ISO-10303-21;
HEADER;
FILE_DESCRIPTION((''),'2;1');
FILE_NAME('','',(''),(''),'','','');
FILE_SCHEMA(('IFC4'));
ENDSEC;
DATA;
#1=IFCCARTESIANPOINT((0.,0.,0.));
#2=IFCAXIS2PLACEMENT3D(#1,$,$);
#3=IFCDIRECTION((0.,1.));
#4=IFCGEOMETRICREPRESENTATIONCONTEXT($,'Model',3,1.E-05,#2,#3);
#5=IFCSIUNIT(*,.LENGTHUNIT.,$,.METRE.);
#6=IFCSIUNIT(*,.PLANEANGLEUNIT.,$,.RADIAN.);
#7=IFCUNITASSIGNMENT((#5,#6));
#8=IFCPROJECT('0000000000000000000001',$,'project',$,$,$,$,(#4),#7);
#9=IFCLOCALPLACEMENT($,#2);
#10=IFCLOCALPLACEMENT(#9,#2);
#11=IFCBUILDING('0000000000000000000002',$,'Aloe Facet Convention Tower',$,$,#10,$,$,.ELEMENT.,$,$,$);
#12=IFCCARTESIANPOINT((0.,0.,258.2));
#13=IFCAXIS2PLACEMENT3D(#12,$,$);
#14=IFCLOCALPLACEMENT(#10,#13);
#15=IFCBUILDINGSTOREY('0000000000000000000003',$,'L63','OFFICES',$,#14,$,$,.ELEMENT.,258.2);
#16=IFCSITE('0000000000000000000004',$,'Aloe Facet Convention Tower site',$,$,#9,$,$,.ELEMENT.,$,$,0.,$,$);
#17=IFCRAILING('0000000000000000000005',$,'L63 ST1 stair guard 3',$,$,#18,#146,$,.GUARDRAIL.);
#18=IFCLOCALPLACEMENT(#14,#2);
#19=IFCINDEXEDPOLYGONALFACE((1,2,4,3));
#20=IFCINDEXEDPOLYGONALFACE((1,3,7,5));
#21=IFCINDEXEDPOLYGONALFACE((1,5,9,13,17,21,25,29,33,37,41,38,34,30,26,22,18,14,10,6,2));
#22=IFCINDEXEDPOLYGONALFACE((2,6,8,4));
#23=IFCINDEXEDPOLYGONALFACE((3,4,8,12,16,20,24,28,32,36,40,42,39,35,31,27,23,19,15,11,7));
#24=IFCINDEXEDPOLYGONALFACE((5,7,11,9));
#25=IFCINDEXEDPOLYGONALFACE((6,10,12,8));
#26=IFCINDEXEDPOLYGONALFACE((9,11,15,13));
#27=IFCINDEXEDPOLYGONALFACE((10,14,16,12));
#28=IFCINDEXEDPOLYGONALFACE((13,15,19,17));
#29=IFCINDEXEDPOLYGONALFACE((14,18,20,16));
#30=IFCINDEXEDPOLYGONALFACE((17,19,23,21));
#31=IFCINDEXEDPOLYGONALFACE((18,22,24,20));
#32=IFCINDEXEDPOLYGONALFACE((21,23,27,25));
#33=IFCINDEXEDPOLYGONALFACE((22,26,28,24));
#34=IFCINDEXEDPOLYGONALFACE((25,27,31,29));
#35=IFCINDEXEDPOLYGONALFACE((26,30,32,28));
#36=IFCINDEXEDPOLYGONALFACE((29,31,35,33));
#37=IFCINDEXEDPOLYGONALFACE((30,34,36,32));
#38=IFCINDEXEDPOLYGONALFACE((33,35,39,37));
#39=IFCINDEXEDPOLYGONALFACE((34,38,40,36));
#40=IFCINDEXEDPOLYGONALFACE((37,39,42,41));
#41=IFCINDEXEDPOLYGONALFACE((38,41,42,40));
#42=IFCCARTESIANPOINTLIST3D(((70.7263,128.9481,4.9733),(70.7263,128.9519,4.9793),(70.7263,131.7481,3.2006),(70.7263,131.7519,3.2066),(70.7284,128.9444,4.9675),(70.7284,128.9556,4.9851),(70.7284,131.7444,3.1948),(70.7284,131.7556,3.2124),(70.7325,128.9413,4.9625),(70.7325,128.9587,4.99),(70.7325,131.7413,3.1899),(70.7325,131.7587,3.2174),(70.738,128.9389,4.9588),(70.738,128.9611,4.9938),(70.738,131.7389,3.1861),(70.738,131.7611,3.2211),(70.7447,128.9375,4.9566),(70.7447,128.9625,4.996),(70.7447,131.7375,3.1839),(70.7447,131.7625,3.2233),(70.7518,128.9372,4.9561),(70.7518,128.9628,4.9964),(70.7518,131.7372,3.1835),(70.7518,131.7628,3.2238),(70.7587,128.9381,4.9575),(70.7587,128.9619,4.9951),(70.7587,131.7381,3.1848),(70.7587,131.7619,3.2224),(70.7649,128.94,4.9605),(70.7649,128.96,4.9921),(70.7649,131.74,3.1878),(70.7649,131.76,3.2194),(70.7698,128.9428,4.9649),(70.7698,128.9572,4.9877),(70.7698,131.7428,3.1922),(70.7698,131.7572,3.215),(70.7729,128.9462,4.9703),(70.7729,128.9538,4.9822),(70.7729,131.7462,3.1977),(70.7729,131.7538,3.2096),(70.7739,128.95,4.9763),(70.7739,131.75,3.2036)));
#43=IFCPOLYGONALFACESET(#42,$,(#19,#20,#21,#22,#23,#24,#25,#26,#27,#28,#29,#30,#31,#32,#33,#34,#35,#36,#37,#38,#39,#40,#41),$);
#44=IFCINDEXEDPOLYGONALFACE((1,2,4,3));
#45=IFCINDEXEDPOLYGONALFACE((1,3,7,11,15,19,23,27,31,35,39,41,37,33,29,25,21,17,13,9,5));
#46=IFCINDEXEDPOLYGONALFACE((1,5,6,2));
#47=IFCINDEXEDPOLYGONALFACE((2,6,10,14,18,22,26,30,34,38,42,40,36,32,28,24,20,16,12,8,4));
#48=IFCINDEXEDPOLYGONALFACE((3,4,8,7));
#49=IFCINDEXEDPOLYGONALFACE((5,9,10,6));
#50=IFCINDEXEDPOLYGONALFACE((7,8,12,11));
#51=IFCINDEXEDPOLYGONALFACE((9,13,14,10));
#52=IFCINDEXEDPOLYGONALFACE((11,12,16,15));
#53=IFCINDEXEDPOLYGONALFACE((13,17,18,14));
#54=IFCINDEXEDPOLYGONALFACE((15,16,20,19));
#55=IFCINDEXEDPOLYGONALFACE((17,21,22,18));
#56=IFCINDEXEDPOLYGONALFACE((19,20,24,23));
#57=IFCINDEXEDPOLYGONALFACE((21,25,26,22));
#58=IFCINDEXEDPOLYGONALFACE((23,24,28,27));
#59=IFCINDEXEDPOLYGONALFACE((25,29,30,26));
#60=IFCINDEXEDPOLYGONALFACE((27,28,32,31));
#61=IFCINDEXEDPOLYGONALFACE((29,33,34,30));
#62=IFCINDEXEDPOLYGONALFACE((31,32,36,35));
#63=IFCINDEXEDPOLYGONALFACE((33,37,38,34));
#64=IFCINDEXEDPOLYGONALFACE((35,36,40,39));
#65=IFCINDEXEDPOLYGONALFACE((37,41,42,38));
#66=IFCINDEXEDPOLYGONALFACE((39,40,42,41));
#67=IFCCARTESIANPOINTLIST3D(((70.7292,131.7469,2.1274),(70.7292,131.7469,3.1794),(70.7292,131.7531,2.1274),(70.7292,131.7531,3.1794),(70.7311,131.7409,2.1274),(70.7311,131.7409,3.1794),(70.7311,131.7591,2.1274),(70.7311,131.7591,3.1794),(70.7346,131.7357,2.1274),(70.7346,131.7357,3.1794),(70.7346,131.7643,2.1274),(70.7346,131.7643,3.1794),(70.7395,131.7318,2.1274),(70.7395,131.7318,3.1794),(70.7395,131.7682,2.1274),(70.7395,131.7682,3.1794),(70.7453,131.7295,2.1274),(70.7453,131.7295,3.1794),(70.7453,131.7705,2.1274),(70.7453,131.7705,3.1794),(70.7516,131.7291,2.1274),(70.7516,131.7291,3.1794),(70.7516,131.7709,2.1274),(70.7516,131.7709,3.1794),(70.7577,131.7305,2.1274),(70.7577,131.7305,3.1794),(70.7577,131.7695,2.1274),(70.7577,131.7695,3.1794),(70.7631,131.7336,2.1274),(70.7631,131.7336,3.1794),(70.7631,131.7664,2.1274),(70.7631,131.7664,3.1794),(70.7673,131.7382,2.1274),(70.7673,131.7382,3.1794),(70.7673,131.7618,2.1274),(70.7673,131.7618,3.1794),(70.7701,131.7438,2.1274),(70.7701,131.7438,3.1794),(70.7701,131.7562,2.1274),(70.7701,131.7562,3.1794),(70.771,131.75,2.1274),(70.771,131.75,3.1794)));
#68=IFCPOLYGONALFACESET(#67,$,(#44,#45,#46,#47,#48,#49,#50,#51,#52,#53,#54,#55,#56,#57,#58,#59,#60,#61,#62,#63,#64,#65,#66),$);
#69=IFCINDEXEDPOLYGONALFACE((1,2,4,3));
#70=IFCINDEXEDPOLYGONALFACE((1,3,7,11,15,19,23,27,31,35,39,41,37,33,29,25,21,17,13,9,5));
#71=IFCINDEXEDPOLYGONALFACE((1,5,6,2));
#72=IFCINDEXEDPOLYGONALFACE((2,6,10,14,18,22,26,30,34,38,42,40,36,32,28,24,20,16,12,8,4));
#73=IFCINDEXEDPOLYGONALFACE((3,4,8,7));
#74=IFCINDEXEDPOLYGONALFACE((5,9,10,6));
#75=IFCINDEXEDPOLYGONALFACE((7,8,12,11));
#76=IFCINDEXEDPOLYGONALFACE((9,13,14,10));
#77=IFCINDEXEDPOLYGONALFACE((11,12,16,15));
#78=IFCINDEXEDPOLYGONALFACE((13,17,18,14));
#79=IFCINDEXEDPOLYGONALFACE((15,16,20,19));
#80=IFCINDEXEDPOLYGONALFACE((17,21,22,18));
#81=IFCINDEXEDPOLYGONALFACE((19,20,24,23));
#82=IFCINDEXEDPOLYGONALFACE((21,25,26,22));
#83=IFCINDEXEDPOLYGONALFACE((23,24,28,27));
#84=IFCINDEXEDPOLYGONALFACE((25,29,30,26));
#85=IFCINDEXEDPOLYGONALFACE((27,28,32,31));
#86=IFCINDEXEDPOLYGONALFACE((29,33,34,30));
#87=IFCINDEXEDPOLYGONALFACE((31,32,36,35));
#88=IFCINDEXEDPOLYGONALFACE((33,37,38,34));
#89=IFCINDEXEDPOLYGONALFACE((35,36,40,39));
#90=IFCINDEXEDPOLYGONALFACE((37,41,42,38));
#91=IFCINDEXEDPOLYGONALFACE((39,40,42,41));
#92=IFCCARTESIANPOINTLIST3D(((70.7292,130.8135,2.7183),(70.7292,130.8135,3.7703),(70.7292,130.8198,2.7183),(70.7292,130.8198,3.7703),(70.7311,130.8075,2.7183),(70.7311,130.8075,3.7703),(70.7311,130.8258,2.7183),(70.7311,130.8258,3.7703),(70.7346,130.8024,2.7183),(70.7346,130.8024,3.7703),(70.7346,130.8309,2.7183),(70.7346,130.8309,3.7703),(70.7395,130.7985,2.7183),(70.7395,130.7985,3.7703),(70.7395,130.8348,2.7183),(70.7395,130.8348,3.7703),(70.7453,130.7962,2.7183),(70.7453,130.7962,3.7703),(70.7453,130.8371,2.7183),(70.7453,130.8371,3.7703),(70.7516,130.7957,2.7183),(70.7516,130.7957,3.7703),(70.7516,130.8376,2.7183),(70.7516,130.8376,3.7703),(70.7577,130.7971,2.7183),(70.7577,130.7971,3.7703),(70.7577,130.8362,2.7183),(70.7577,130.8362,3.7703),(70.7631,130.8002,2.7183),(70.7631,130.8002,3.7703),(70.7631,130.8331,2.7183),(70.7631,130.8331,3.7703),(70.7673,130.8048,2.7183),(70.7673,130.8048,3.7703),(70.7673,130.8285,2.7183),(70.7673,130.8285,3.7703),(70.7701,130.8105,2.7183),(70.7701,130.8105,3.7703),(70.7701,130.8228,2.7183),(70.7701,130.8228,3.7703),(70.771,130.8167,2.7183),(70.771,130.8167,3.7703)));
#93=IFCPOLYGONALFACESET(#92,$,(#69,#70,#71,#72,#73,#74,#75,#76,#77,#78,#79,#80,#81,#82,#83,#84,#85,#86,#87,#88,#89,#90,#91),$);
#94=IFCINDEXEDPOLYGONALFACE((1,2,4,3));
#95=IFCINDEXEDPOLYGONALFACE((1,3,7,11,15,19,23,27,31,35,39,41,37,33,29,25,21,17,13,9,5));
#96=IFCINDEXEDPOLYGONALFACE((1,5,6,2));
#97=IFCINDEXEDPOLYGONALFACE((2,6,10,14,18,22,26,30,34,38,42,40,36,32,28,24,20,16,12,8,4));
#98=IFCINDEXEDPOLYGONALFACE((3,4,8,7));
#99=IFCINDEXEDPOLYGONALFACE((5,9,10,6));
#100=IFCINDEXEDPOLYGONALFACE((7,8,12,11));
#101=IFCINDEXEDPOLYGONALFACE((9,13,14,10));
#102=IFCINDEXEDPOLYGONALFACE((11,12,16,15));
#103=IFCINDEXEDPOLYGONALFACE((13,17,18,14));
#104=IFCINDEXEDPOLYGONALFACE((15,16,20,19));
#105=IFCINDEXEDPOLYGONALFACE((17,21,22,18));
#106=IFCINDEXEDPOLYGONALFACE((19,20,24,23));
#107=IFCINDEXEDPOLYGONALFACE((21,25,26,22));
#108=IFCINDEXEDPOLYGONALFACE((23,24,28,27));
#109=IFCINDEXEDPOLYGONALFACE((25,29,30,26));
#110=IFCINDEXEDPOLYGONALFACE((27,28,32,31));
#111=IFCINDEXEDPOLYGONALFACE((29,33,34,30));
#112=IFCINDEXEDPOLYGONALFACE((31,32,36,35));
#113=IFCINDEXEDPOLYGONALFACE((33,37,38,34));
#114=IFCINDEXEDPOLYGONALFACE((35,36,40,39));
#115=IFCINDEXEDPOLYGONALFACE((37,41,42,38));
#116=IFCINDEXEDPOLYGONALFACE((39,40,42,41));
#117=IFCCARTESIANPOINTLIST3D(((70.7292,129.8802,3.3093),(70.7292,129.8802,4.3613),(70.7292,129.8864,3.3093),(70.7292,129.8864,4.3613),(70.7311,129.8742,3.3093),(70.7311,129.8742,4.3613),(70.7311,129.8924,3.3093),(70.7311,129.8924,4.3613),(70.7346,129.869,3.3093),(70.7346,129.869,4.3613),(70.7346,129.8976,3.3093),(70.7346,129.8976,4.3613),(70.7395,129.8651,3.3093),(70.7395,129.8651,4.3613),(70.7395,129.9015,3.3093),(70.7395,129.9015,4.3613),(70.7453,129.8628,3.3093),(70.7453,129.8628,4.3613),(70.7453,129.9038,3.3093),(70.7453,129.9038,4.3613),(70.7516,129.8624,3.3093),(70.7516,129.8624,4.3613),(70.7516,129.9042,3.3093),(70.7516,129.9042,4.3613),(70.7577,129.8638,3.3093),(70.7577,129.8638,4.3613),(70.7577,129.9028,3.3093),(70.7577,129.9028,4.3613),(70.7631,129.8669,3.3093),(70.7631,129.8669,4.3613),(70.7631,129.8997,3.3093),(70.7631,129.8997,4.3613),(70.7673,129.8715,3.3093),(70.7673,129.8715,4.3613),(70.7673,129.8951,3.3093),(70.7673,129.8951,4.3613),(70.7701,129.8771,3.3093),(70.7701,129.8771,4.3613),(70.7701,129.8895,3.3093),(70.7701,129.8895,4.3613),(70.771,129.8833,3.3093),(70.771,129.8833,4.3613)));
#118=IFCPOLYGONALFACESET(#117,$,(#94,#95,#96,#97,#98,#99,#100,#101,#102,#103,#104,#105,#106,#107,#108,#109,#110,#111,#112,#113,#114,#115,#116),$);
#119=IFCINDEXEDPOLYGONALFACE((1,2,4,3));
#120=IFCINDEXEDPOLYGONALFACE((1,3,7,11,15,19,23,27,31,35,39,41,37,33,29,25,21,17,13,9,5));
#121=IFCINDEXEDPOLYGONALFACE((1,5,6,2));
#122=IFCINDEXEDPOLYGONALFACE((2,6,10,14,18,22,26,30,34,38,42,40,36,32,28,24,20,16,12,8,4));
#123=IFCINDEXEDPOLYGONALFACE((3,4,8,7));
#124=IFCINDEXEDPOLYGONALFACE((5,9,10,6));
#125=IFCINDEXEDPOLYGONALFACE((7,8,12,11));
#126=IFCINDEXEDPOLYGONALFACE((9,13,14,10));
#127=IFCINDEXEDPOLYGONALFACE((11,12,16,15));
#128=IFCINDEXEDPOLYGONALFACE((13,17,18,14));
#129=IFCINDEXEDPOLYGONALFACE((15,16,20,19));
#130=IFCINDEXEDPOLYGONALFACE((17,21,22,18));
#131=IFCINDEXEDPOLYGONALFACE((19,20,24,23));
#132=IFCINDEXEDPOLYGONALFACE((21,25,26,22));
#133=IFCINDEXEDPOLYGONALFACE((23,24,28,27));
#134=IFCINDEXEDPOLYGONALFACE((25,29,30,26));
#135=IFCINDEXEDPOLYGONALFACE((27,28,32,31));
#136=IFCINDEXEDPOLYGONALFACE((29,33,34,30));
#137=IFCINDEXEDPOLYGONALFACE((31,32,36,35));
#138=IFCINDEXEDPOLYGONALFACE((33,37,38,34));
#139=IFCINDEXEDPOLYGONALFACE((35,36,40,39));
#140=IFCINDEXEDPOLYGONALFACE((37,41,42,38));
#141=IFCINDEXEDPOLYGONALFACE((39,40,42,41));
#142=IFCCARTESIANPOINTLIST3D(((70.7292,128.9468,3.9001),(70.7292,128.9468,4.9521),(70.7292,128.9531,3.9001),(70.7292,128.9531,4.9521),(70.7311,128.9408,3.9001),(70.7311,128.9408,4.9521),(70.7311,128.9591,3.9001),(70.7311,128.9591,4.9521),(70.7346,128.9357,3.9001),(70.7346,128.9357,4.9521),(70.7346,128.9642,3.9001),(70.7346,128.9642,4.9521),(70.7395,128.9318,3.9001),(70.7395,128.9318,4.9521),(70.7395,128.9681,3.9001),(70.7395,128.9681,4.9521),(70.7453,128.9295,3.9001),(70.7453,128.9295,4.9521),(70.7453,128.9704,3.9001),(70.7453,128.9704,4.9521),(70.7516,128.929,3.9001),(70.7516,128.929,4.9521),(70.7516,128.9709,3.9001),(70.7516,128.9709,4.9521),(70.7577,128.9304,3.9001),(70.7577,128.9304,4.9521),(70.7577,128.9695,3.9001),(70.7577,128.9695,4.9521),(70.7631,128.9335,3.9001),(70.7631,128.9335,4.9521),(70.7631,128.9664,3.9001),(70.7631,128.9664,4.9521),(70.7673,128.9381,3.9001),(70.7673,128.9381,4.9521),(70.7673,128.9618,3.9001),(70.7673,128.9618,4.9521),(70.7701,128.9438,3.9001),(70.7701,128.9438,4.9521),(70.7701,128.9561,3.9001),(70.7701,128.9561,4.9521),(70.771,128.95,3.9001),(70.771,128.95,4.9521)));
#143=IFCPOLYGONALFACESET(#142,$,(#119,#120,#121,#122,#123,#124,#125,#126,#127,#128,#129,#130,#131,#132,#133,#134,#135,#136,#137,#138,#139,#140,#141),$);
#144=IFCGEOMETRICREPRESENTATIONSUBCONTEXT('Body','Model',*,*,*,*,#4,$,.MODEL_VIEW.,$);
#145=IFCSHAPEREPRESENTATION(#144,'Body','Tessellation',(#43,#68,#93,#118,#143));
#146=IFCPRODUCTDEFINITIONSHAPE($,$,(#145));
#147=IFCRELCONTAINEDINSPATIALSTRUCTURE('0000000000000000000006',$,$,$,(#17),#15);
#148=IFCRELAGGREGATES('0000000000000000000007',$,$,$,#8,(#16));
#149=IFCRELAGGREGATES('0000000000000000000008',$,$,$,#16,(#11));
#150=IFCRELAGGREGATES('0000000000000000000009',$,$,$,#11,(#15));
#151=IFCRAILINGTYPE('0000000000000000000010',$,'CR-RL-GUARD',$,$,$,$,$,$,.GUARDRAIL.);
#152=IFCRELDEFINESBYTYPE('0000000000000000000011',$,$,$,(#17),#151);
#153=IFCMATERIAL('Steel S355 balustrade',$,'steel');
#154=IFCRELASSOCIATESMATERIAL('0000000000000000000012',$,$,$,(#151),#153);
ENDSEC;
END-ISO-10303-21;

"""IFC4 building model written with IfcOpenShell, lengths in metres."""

from ifc_helpers import new_model, si_unit, direction, frame, origin, origin_2d, place, context, subcontext, project, spatial, circle, extrude, material, type_object, element, save


model = new_model("IFC4")

# Units and contexts
model_context = context("Model", 3, precision=1e-05, world=origin(), true_north=direction((0.0, 1.0)))
body_context = subcontext(model_context, "Body", "Model", "MODEL_VIEW")
ifc_project = project(units=[si_unit("LENGTHUNIT", "METRE"), si_unit("PLANEANGLEUNIT", "RADIAN")], contexts=[model_context])

# Site, building, storey
site_placement = place(None, origin())
site = spatial("IfcSite", under=ifc_project, at=site_placement, Name="Aloe Facet Convention Tower site", CompositionType="ELEMENT", RefElevation=0.0)
building_placement = place(site_placement, origin())
building = spatial("IfcBuilding", under=site, at=building_placement, Name="Aloe Facet Convention Tower", CompositionType="ELEMENT")
storey_placement = place(building_placement, frame((0.0, 0.0, 258.2)))
storey = spatial("IfcBuildingStorey", under=building, at=storey_placement, Name="L63", Description="OFFICES", CompositionType="ELEMENT", Elevation=258.2)

# Railing
ifc_material_1 = material(Name="Steel S355 balustrade", Category="steel")
railing_type_1 = type_object("IfcRailingType", Name="CR-RL-GUARD", PredefinedType="GUARDRAIL", material=ifc_material_1)
railing_1_placement = place(storey_placement, frame((70.75, 131.75, 2.1274)))
element("IfcRailing", 1, at=railing_1_placement, inside=storey, type_object=railing_type_1, Name="L63 ST1 stair guard 3", PredefinedType="GUARDRAIL", context=body_context, shape_type="SweptSolid", body=[
    extrude(circle(Radius=0.0239, at=origin_2d()), frame((0.0, 0.0, 1.0762), z_axis=(0.0, -0.844909, 0.53491), x_axis=(1.0, 0.0, 0.0)), (0.0, 0.0, 1.0), 3.314),
    extrude(circle(Radius=0.021, at=origin_2d()), origin(), (0.0, 0.0, 1.0), 1.052),
    extrude(circle(Radius=0.021, at=origin_2d()), frame((0.0, -0.9333, 0.5908)), (0.0, 0.0, 1.0), 1.052),
    extrude(circle(Radius=0.021, at=origin_2d()), frame((0.0, -1.8667, 1.1819)), (0.0, 0.0, 1.0), 1.052),
    extrude(circle(Radius=0.021, at=origin_2d()), frame((0.0, -2.8, 1.7727)), (0.0, 0.0, 1.0), 1.052),
])

save(model, "model.ifc")
